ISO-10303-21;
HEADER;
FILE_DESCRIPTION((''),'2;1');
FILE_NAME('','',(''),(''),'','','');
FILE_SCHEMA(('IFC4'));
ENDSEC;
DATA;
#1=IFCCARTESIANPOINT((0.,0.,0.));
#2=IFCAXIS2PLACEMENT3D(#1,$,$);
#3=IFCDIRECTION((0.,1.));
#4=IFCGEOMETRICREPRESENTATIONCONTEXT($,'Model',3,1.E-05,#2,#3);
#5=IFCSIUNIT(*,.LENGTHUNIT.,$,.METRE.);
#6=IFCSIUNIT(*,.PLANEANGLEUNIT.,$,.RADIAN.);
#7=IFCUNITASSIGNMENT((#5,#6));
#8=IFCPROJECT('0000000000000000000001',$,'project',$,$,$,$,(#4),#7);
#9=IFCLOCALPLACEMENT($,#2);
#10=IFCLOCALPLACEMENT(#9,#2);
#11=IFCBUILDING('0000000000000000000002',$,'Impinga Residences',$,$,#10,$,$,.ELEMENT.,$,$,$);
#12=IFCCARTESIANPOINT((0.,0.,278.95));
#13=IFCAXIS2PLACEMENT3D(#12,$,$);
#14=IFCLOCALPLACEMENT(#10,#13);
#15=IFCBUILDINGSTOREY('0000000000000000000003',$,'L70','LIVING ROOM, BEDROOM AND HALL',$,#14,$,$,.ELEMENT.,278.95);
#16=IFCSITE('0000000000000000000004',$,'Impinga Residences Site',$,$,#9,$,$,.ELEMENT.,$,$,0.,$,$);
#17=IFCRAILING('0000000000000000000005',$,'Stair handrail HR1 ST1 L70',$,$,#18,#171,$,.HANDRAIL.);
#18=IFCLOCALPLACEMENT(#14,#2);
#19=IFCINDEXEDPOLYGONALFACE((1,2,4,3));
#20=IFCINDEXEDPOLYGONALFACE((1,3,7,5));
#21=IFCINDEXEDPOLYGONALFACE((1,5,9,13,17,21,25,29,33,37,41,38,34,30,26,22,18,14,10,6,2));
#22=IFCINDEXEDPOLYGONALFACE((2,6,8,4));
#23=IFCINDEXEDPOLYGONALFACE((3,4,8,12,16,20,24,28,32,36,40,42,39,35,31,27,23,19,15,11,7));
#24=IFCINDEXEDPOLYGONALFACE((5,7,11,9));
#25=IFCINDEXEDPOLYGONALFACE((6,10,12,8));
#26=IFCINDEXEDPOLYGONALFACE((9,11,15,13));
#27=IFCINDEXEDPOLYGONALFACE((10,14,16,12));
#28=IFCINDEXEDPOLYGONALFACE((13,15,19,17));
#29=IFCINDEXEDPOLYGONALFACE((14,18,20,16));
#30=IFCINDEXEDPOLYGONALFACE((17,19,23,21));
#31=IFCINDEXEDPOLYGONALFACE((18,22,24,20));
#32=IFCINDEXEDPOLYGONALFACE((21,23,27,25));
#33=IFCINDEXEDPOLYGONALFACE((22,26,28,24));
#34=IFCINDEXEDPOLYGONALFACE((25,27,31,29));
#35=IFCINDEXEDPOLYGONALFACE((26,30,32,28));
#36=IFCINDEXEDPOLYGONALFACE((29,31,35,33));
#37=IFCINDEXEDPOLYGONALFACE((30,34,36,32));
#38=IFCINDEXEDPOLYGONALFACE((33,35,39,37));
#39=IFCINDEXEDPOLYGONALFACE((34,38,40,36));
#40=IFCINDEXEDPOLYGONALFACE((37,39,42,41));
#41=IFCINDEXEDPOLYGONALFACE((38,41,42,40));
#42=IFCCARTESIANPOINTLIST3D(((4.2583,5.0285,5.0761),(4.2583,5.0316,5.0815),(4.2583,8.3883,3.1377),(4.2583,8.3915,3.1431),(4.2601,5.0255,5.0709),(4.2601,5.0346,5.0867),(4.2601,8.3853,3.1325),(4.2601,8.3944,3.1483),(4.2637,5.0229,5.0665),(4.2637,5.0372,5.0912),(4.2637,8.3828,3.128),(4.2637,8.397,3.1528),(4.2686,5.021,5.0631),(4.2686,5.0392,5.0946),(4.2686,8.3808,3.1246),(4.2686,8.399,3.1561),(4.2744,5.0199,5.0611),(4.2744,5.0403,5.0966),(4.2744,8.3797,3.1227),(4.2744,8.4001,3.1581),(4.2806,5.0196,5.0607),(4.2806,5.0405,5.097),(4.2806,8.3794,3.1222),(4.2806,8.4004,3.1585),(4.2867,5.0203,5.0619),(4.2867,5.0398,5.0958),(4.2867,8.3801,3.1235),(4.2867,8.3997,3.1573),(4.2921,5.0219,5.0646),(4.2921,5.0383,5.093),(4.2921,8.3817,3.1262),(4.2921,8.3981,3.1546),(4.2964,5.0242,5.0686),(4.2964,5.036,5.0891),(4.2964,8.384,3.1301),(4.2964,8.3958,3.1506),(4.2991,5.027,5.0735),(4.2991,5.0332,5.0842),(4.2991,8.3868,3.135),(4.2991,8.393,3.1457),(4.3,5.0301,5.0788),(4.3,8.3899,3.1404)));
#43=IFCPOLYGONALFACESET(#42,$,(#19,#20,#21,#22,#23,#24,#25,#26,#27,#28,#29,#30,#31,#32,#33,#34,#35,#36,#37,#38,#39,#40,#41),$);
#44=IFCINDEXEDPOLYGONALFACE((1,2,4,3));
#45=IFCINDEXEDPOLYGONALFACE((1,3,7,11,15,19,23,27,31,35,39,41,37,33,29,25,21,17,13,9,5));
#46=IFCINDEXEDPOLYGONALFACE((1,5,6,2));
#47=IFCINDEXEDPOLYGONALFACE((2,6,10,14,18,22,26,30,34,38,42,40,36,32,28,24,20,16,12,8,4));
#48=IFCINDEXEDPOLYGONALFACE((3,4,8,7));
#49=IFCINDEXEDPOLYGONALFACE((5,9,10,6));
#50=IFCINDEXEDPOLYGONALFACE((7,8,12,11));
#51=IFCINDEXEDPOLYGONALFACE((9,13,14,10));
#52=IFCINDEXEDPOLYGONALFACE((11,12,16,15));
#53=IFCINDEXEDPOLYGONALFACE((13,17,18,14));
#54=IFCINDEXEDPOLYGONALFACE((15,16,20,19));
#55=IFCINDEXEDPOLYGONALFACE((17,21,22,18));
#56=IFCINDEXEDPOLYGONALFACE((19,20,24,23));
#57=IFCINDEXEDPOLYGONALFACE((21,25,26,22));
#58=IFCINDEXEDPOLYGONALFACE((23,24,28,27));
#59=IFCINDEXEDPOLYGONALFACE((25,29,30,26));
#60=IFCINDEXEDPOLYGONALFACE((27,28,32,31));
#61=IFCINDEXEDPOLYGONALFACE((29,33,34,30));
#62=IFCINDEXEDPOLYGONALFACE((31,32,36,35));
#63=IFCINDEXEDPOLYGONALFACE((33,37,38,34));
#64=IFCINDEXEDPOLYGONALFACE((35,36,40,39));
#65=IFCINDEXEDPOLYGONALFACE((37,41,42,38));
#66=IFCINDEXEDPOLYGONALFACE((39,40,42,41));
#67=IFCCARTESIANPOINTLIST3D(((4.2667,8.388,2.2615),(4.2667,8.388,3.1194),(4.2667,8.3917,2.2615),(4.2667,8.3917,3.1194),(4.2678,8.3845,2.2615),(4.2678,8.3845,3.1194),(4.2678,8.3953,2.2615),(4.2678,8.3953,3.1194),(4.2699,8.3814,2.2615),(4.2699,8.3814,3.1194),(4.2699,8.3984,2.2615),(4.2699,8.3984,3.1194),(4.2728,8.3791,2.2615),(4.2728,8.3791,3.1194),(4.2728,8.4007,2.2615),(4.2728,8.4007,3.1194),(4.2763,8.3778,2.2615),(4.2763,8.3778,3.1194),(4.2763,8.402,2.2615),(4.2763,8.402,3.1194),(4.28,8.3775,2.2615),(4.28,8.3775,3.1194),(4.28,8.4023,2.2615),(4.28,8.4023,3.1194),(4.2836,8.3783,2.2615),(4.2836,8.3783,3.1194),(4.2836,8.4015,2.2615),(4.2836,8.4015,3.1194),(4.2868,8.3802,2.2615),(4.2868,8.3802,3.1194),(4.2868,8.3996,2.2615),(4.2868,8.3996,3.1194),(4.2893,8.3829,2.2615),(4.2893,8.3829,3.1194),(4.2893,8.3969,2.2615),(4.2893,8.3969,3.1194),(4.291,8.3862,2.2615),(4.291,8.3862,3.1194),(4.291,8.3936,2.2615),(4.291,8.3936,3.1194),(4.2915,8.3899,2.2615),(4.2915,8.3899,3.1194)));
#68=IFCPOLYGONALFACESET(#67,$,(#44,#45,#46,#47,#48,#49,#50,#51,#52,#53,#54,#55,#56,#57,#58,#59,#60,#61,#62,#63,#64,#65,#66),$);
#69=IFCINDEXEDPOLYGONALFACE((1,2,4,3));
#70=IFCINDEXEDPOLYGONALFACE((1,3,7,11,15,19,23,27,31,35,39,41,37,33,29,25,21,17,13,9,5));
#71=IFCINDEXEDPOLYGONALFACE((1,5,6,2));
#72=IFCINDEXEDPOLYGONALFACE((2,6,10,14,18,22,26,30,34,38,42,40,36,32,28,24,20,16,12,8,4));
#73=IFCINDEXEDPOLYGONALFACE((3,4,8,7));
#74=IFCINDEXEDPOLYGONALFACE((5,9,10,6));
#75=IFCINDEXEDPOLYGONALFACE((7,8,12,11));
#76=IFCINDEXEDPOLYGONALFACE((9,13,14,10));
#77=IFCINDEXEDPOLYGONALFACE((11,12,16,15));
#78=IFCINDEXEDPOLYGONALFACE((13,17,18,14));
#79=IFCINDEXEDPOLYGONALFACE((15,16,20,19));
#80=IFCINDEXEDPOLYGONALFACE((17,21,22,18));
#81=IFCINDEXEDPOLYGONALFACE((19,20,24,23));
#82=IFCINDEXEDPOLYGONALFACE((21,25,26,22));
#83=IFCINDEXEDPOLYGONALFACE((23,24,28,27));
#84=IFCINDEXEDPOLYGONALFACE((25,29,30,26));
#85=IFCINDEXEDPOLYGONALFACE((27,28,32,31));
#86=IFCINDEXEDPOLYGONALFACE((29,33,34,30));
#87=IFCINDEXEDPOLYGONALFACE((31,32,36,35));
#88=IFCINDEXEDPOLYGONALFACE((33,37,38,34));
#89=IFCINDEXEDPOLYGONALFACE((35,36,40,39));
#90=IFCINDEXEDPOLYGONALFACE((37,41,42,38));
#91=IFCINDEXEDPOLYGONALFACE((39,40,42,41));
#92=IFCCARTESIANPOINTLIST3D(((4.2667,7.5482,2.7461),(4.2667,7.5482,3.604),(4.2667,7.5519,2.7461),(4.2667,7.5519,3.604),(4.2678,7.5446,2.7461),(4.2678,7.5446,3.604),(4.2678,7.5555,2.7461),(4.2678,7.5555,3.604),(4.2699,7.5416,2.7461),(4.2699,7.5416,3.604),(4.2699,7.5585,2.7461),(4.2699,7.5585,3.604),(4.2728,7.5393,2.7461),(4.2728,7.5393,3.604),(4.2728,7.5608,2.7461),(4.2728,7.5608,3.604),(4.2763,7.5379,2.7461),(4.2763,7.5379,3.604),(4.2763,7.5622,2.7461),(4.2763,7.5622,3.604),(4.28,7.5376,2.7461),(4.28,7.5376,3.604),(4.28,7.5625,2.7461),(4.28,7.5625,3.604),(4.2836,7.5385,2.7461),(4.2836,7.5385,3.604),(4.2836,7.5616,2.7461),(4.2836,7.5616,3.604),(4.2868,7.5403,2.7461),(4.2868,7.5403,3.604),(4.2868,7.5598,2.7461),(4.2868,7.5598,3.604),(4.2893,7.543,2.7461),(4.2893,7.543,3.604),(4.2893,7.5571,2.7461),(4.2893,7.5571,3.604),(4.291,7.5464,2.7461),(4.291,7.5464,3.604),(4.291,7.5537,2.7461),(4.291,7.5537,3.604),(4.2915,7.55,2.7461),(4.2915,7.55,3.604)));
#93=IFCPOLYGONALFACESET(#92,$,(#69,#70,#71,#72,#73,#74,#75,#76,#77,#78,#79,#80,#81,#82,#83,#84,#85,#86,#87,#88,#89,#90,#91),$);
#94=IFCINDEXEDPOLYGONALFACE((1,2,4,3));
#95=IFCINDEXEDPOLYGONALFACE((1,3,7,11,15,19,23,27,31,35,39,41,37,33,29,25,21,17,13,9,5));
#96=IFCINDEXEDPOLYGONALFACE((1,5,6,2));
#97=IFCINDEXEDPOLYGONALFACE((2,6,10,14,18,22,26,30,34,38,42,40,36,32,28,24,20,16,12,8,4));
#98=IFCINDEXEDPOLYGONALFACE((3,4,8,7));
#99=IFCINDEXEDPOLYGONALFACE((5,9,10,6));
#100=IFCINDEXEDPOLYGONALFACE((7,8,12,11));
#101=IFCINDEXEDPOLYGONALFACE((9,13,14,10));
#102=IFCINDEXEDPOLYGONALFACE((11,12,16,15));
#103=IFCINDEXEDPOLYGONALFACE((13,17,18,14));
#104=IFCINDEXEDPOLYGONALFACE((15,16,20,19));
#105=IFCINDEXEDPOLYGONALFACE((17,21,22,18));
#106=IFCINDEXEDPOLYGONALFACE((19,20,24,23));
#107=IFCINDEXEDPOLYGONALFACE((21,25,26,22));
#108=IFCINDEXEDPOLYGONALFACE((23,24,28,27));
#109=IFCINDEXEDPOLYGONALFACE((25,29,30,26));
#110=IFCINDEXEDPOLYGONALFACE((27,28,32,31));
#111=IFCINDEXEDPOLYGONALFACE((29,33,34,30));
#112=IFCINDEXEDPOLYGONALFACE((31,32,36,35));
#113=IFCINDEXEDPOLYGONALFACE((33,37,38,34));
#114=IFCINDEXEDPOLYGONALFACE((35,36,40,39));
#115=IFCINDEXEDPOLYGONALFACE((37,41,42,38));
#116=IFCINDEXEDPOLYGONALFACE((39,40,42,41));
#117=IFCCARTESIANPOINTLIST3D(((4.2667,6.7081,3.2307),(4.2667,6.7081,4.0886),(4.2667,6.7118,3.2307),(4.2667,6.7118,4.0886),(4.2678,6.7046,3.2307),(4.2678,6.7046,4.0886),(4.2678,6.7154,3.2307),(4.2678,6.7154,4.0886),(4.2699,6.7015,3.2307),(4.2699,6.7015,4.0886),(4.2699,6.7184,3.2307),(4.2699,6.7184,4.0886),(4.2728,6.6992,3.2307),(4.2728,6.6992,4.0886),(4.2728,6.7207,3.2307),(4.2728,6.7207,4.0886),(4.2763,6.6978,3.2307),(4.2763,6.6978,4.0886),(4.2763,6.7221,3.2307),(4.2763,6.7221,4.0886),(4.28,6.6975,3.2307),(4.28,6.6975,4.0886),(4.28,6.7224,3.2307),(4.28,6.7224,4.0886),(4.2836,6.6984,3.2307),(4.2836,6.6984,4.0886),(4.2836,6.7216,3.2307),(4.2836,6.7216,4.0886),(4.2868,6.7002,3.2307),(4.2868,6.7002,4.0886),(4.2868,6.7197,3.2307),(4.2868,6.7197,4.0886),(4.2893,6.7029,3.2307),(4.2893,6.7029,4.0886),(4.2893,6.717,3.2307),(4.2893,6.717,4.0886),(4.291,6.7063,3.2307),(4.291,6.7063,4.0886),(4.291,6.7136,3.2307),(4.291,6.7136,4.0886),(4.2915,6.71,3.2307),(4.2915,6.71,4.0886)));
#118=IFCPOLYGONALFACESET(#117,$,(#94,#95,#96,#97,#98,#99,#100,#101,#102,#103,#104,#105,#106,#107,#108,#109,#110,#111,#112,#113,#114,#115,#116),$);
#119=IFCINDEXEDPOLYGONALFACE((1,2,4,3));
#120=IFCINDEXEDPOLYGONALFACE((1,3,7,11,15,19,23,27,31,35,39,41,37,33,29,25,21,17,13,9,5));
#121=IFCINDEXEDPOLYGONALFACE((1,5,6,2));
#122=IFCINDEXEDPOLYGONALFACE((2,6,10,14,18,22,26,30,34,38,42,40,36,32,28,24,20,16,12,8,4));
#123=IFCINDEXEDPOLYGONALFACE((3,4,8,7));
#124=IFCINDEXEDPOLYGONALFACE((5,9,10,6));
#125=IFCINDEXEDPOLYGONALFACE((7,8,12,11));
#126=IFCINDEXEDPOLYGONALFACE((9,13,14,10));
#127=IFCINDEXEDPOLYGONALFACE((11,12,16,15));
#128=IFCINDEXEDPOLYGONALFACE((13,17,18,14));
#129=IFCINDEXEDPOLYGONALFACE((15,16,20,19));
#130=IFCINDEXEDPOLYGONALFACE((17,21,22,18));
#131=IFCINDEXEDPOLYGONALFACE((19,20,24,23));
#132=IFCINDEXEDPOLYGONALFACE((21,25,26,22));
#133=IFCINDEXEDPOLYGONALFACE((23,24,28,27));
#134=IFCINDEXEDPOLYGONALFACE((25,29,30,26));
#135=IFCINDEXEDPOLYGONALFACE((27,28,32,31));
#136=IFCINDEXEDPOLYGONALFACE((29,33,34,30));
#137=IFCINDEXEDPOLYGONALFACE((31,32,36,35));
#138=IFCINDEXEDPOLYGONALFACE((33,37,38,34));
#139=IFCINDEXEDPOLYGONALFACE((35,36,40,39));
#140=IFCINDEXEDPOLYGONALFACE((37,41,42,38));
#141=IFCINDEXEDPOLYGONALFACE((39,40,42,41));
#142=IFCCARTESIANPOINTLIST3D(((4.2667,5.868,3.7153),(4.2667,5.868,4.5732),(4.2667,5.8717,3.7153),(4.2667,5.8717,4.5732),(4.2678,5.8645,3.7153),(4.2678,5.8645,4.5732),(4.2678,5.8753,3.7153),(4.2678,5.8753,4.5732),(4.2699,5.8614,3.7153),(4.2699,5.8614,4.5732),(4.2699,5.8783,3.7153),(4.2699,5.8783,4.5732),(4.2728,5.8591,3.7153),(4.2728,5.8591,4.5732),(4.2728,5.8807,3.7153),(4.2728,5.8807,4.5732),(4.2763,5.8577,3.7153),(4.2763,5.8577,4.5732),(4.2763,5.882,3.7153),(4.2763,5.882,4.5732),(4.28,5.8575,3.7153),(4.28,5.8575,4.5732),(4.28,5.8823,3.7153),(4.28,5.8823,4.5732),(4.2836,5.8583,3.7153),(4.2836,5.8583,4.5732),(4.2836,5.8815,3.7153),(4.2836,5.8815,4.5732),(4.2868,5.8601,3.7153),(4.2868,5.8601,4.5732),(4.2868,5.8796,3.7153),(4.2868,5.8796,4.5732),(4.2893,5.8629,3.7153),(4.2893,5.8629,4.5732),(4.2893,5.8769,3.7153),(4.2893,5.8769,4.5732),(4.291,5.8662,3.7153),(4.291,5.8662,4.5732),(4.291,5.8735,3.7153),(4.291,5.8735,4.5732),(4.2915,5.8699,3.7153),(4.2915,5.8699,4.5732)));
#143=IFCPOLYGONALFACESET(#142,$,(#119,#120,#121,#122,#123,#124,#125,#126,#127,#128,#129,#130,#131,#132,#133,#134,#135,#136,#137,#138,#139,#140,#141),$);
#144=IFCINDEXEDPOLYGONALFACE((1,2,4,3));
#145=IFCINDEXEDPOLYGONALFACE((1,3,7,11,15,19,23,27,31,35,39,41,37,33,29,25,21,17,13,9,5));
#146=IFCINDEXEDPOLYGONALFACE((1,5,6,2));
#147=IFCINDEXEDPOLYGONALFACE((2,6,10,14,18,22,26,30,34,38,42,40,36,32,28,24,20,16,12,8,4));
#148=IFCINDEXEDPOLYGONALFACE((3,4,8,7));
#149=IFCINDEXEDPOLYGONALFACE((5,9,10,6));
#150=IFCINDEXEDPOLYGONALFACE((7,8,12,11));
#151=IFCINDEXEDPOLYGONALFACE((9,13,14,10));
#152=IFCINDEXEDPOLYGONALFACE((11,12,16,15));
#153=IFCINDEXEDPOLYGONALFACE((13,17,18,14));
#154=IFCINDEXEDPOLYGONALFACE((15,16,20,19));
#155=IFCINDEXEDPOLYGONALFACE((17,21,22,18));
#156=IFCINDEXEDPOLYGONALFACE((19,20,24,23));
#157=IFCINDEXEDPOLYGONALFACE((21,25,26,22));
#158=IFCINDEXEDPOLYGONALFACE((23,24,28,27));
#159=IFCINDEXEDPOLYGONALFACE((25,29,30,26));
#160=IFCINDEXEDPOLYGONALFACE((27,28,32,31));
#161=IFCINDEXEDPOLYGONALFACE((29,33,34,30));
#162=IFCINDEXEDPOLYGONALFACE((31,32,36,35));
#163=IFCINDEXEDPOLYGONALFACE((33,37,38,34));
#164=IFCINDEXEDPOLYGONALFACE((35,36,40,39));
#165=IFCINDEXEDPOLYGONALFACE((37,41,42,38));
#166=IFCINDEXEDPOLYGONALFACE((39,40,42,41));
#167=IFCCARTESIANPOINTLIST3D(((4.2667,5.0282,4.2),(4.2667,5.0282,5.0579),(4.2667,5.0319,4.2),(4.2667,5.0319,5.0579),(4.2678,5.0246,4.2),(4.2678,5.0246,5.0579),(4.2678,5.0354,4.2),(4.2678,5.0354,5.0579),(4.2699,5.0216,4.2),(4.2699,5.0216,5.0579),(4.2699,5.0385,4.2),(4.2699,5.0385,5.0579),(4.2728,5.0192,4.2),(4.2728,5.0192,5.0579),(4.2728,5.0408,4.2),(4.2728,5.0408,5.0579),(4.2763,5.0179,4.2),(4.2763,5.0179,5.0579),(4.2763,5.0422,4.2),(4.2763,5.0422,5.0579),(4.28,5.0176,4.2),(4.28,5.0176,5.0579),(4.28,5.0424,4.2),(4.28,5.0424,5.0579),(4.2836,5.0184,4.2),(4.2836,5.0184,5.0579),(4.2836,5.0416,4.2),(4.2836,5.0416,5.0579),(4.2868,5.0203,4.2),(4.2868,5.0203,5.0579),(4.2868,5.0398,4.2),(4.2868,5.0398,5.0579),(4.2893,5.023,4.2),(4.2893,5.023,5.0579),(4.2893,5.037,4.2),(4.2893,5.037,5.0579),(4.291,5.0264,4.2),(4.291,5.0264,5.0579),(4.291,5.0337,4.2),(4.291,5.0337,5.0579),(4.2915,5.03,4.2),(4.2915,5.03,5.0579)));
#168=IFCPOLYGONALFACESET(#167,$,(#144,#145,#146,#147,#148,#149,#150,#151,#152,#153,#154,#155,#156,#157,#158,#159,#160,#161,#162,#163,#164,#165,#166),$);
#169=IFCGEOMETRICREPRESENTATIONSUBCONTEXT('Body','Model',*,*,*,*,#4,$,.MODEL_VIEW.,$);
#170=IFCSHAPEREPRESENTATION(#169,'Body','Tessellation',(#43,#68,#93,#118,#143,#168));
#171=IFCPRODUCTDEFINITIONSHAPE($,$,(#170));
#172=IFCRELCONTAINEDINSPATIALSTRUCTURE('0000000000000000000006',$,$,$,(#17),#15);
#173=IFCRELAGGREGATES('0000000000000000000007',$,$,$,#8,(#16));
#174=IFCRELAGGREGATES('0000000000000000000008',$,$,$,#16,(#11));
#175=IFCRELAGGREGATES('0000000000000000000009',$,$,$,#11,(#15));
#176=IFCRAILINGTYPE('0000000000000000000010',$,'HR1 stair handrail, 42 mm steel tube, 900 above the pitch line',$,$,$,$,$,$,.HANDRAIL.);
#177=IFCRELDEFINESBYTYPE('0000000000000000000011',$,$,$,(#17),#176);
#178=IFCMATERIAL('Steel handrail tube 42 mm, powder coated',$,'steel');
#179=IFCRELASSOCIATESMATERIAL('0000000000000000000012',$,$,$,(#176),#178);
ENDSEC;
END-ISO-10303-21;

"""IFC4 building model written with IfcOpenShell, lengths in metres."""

from ifc_helpers import new_model, si_unit, direction, frame, origin, origin_2d, place, context, subcontext, project, spatial, circle, extrude, material, type_object, element, save


model = new_model("IFC4")

# Units and contexts
model_context = context("Model", 3, precision=1e-05, world=origin(), true_north=direction((0.0, 1.0)))
body_context = subcontext(model_context, "Body", "Model", "MODEL_VIEW")
ifc_project = project(units=[si_unit("LENGTHUNIT", "METRE"), si_unit("PLANEANGLEUNIT", "RADIAN")], contexts=[model_context])

# Site, building, storey
site_placement = place(None, origin())
site = spatial("IfcSite", under=ifc_project, at=site_placement, Name="Impinga Residences Site", CompositionType="ELEMENT", RefElevation=0.0)
building_placement = place(site_placement, origin())
building = spatial("IfcBuilding", under=site, at=building_placement, Name="Impinga Residences", CompositionType="ELEMENT")
storey_placement = place(building_placement, frame((0.0, 0.0, 278.95)))
storey = spatial("IfcBuildingStorey", under=building, at=storey_placement, Name="L70", Description="LIVING ROOM, BEDROOM AND HALL", CompositionType="ELEMENT", Elevation=278.95)

# Railing
ifc_material_1 = material(Name="Steel handrail tube 42 mm, powder coated", Category="steel")
railing_type_1 = type_object("IfcRailingType", Name="HR1 stair handrail, 42 mm steel tube, 900 above the pitch line", PredefinedType="HANDRAIL", material=ifc_material_1)
railing_1_placement = place(storey_placement, frame((4.2791, 8.3899, 2.2615)))
element("IfcRailing", 1, at=railing_1_placement, inside=storey, type_object=railing_type_1, Name="Stair handrail HR1 ST1 L70", PredefinedType="HANDRAIL", context=body_context, shape_type="SweptSolid", body=[
    extrude(circle(Radius=0.021, at=origin_2d()), frame((0.0, 0.0, 0.8789), z_axis=(0.0, -0.866175, 0.499741), x_axis=(1.0, 0.0, 0.0)), (0.0, 0.0, 1.0), 3.8789),
    extrude(circle(Radius=0.0125, at=origin_2d()), origin(), (0.0, 0.0, 1.0), 0.8579),
    extrude(circle(Radius=0.0125, at=origin_2d()), frame((0.0, -0.8398, 0.4846)), (0.0, 0.0, 1.0), 0.8579),
    extrude(circle(Radius=0.0125, at=origin_2d()), frame((0.0, -1.6799, 0.9692)), (0.0, 0.0, 1.0), 0.8579),
    extrude(circle(Radius=0.0125, at=origin_2d()), frame((0.0, -2.52, 1.4539)), (0.0, 0.0, 1.0), 0.8579),
    extrude(circle(Radius=0.0125, at=origin_2d()), frame((0.0, -3.3599, 1.9385)), (0.0, 0.0, 1.0), 0.8579),
])

save(model, "model.ifc")
